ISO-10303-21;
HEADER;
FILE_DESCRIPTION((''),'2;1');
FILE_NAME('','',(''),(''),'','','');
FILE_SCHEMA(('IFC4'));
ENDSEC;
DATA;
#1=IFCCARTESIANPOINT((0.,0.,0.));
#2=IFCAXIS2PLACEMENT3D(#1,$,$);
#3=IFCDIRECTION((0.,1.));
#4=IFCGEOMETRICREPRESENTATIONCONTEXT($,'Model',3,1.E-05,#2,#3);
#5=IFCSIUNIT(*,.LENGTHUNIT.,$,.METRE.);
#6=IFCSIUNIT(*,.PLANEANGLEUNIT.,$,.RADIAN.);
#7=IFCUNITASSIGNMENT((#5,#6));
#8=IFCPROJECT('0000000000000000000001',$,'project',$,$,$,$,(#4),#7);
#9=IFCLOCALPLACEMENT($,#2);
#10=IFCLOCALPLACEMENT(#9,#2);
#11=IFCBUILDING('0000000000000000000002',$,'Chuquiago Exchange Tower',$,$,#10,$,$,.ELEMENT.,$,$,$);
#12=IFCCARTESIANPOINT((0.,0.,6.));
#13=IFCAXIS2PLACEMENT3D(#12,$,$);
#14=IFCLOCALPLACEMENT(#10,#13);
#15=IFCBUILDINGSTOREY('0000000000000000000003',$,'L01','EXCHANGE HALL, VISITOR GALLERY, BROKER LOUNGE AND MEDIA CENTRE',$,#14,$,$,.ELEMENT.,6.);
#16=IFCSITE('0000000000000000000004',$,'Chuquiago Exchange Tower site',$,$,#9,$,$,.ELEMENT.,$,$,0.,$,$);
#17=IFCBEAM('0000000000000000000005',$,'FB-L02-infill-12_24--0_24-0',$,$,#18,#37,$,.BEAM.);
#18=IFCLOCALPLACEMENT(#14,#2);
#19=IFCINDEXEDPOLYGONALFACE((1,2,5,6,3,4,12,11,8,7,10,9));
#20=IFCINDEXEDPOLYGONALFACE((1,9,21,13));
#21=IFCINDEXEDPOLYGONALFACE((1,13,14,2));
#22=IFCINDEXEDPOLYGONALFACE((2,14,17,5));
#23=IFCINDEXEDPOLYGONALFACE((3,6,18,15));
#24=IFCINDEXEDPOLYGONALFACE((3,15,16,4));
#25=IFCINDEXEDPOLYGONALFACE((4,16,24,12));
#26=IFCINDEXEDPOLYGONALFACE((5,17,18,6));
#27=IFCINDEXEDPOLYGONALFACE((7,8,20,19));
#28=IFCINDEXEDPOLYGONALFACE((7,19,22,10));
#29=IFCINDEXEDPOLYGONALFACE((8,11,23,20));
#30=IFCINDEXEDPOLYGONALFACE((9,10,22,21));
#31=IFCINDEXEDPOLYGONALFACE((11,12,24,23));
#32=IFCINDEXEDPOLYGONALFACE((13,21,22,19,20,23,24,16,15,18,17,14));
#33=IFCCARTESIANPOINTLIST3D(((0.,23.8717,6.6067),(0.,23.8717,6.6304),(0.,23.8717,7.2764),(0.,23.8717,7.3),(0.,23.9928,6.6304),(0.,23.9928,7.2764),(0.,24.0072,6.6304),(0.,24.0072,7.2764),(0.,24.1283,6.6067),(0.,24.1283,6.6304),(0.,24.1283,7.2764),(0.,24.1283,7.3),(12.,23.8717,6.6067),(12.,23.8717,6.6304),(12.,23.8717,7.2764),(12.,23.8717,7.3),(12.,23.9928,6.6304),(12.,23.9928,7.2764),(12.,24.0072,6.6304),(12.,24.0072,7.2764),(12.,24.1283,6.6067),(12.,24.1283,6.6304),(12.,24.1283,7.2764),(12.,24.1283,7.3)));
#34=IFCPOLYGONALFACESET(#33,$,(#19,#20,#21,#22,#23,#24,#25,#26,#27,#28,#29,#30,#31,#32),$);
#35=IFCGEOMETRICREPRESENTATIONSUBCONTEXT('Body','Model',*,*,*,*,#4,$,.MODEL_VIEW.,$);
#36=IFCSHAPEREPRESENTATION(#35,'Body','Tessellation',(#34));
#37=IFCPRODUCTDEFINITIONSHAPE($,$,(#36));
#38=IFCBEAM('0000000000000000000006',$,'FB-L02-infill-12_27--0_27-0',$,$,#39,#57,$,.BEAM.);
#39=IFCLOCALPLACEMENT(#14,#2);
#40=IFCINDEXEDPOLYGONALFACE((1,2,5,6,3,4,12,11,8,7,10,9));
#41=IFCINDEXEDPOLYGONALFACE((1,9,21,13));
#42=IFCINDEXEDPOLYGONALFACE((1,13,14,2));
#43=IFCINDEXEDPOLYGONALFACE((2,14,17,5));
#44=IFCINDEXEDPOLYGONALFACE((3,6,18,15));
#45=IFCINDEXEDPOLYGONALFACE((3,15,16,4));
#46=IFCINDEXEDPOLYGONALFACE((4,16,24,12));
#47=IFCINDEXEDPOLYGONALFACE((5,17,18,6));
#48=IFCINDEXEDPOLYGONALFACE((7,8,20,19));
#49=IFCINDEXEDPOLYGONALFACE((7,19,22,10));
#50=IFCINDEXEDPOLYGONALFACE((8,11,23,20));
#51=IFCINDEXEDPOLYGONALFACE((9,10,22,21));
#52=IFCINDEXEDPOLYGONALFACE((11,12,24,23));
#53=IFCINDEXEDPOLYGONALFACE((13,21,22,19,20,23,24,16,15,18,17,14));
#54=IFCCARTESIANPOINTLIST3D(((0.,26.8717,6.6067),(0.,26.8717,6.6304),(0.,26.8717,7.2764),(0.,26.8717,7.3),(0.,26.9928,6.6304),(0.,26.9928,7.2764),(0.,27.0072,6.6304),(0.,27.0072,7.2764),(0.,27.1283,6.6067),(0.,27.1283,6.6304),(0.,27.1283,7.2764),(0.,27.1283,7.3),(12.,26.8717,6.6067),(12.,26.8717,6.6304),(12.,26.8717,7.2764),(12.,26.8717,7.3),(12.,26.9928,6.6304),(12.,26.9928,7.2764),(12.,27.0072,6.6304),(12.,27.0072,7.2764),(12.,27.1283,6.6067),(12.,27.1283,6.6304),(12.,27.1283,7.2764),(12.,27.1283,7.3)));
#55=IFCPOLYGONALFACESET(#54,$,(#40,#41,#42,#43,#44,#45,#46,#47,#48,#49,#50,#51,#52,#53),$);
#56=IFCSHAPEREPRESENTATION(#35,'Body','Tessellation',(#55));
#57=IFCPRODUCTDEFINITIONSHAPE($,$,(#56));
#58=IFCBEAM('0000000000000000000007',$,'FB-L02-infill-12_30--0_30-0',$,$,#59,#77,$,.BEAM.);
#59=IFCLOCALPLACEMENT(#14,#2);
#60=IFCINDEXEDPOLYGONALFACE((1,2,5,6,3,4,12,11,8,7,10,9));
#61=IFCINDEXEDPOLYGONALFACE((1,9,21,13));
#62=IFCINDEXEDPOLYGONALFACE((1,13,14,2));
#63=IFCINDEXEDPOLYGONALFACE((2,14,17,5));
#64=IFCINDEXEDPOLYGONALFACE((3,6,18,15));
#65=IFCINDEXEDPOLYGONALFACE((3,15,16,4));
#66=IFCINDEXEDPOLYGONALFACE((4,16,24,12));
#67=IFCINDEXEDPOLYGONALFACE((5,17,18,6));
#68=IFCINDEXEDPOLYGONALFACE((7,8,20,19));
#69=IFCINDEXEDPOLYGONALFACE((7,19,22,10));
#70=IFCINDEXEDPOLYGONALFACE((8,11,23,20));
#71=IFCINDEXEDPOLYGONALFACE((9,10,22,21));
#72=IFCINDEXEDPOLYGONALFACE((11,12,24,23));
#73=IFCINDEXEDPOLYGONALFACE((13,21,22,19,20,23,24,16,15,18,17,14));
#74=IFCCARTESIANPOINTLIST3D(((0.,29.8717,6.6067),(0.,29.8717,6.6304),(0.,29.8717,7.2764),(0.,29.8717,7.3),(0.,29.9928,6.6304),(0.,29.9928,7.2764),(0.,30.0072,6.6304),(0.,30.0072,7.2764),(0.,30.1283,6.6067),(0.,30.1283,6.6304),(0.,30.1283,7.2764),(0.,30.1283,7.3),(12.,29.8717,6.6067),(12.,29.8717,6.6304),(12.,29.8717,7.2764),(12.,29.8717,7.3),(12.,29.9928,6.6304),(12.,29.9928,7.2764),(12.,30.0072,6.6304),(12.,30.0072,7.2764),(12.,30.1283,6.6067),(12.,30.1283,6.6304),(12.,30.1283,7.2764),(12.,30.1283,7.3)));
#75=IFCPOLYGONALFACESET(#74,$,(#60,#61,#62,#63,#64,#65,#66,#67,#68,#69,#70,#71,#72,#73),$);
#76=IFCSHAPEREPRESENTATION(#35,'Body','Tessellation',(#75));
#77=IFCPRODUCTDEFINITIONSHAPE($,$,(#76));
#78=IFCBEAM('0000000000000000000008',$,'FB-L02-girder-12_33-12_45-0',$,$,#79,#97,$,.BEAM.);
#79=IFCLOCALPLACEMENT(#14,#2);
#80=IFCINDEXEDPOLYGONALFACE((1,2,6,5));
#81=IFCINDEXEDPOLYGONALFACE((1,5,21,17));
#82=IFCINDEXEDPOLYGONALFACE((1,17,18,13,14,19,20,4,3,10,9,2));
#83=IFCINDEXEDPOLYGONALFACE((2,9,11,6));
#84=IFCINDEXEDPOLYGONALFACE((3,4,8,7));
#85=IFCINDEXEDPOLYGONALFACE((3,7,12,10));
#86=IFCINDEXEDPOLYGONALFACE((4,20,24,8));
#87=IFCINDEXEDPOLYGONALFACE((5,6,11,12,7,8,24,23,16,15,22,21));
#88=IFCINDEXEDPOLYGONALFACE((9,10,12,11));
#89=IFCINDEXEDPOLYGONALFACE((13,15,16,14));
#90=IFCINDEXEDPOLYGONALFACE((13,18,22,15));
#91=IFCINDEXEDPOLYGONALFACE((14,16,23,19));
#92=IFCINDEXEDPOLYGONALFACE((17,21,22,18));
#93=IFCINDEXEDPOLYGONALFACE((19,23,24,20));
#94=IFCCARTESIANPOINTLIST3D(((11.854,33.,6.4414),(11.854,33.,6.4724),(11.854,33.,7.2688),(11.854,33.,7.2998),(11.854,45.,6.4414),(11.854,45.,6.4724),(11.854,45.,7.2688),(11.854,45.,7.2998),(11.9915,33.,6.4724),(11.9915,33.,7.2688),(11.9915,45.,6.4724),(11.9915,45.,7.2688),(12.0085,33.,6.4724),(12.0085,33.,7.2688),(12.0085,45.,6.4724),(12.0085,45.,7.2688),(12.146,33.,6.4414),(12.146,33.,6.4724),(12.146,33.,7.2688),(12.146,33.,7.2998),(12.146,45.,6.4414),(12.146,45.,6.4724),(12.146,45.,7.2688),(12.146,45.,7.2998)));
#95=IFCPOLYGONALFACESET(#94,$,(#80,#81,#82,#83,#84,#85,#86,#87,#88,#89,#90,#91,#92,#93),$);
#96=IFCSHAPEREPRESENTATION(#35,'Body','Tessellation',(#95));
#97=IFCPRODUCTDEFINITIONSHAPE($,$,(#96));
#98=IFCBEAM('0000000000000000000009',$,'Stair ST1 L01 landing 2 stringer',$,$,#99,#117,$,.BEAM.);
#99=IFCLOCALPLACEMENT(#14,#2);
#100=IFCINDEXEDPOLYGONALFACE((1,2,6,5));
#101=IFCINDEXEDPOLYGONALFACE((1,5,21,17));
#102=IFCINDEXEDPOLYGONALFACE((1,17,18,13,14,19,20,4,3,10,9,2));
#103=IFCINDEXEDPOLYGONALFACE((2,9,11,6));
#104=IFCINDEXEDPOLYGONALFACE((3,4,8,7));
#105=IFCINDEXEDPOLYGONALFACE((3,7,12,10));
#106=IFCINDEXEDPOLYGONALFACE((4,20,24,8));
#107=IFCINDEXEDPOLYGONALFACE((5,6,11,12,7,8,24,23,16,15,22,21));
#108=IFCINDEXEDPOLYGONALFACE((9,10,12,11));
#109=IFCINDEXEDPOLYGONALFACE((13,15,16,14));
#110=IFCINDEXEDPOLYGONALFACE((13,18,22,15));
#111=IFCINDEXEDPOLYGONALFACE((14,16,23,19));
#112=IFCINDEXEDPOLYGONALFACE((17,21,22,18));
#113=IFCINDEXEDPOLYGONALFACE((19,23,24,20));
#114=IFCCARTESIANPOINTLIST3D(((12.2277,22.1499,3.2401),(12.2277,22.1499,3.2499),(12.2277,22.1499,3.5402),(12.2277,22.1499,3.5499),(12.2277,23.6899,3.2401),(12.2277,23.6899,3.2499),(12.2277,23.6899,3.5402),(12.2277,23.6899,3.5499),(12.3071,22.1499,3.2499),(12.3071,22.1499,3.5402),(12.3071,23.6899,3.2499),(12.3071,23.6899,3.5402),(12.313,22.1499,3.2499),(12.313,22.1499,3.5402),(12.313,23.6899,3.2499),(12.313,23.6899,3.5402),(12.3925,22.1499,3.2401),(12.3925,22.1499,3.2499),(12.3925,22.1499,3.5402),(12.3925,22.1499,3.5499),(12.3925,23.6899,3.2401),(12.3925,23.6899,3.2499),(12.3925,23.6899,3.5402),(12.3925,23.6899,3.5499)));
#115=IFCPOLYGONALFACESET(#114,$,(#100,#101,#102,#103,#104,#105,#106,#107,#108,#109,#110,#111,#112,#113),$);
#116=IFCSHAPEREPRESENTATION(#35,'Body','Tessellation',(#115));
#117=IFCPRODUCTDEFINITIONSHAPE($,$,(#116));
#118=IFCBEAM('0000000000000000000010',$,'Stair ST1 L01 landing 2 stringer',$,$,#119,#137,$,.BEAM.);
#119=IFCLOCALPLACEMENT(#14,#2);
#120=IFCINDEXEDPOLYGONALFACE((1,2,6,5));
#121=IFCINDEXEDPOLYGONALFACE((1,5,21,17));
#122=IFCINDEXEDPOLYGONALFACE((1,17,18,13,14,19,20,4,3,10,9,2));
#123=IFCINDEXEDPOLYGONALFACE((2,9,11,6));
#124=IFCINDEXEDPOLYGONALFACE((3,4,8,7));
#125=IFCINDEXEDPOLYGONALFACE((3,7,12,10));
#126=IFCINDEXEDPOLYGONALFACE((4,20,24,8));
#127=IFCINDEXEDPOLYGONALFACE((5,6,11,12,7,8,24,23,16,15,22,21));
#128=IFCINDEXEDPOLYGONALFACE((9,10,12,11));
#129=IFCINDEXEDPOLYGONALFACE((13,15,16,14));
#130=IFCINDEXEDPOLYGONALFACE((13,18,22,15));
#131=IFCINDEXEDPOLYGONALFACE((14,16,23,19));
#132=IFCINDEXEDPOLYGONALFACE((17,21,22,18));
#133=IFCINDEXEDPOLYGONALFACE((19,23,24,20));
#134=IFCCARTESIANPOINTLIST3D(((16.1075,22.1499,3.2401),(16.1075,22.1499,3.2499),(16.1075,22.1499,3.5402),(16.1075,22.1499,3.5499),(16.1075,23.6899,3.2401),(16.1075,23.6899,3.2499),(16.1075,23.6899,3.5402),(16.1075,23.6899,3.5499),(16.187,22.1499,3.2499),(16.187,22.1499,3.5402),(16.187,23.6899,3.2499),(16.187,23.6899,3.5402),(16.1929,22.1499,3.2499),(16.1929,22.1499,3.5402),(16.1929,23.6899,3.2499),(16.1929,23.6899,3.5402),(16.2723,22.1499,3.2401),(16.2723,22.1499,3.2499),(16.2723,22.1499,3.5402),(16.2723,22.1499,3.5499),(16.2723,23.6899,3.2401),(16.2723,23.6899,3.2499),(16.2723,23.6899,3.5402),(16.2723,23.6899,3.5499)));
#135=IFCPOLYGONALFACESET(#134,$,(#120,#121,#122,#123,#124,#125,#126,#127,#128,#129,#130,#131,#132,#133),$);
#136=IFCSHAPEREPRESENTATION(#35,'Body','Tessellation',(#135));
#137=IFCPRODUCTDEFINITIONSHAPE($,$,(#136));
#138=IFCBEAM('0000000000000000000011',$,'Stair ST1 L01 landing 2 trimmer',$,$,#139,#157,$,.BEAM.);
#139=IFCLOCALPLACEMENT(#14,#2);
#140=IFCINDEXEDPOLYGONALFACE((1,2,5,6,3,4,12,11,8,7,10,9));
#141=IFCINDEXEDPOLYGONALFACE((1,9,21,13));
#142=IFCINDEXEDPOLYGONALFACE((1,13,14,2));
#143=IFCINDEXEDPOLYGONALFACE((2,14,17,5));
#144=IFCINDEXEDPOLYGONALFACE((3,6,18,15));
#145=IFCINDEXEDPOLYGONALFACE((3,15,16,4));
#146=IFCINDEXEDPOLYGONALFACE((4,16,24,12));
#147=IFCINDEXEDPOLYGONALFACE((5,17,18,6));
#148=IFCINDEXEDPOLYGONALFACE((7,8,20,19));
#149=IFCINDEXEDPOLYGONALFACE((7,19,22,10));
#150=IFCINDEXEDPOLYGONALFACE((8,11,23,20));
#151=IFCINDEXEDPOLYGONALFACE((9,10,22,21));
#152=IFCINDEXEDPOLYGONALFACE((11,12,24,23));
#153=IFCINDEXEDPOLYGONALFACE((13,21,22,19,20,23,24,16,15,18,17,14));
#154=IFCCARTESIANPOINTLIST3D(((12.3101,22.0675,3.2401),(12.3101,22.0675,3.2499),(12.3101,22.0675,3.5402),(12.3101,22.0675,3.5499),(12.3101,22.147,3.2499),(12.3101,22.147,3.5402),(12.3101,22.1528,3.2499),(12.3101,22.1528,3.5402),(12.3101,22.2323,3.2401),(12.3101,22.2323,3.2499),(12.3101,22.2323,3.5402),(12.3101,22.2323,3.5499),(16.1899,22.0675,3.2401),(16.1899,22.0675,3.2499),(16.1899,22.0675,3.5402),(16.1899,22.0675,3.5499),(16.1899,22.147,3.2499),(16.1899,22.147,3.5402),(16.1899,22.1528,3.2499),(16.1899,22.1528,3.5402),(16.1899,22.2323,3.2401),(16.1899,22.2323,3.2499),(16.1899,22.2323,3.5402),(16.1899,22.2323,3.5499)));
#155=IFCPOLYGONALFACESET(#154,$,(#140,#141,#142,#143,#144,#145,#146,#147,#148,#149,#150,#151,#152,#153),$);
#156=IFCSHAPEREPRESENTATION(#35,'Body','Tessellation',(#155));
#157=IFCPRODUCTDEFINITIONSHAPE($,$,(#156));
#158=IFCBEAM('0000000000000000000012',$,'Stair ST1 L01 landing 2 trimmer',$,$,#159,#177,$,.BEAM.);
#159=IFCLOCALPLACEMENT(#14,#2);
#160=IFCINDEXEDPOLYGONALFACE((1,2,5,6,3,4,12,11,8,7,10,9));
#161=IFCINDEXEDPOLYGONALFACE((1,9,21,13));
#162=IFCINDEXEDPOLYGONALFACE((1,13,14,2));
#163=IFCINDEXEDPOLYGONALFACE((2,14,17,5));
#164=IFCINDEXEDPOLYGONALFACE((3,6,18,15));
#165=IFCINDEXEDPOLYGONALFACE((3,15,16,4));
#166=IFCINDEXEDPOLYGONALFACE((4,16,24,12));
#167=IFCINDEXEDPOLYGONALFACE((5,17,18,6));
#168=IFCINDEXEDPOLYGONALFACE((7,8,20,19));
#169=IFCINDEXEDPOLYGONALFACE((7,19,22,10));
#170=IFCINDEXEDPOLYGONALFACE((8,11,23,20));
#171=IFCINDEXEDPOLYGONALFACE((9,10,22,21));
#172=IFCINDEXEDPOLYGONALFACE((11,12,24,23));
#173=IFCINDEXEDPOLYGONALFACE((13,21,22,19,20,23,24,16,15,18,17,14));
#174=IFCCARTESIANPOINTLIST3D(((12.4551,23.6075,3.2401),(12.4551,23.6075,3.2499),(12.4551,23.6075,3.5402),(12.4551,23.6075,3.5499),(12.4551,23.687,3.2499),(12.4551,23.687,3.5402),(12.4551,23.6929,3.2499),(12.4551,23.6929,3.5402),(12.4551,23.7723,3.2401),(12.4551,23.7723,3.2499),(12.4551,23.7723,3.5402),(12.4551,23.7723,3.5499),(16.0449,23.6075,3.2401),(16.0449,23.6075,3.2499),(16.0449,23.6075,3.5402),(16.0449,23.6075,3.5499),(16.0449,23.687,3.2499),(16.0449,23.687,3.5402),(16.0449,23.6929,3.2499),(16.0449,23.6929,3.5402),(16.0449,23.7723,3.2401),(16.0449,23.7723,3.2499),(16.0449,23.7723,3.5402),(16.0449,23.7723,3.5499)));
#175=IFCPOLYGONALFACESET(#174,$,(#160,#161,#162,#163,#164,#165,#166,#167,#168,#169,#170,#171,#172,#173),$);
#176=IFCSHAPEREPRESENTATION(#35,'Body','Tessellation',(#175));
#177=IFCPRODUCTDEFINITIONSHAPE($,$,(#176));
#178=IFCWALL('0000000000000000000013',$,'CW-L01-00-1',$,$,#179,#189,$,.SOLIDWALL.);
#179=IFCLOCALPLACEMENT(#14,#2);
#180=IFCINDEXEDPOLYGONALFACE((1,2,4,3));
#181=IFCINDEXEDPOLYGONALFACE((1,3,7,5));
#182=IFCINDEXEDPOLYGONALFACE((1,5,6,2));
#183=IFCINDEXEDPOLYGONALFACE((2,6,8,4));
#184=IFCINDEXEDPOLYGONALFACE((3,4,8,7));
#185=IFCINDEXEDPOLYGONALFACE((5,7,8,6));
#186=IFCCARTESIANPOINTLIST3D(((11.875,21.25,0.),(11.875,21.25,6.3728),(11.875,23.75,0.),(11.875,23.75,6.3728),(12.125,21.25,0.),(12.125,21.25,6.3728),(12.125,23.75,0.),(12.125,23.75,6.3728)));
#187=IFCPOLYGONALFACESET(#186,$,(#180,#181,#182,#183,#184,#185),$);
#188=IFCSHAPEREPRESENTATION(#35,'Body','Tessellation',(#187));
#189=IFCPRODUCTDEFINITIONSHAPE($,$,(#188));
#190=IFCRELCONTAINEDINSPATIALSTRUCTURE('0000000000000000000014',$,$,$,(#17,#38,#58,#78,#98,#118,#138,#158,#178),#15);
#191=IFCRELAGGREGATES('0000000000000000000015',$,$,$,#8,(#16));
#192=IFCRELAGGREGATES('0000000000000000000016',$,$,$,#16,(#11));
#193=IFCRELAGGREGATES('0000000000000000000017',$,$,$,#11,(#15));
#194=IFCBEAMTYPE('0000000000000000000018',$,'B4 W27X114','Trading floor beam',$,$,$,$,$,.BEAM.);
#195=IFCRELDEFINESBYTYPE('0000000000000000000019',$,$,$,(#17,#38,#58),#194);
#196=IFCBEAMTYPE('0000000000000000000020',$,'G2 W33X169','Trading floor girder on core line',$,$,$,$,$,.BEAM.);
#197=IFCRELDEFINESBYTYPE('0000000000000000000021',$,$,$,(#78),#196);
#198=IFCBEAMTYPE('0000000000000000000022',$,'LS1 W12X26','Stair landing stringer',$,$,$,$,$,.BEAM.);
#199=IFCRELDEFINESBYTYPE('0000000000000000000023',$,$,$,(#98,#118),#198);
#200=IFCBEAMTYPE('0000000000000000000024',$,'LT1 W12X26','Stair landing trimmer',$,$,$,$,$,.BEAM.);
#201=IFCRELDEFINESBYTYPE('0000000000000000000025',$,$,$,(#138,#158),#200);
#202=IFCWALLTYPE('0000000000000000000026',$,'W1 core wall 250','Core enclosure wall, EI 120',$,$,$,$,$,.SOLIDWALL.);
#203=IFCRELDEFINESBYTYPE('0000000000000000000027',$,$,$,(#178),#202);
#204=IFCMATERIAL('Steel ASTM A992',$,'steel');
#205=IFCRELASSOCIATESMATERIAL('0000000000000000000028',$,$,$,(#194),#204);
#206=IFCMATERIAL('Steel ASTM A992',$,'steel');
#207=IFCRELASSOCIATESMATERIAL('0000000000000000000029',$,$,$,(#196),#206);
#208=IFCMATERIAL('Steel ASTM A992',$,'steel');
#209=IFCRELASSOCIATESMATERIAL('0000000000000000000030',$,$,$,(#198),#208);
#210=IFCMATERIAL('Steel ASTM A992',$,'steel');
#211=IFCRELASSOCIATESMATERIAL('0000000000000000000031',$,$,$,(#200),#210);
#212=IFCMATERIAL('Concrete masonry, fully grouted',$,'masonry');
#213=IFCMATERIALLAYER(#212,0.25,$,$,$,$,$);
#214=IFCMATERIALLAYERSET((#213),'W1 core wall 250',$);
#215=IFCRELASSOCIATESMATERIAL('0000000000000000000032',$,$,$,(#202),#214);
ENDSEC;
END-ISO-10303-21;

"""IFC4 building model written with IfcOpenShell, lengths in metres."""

from ifc_helpers import new_model, si_unit, direction, frame, frame_2d, origin, origin_2d, place, context, subcontext, project, spatial, rectangle, i_section, extrude, material, layer, layer_set, material_profile, profile_set, type_object, element, save


model = new_model("IFC4")

# Units and contexts
model_context = context("Model", 3, precision=1e-05, world=origin(), true_north=direction((0.0, 1.0)))
body_context = subcontext(model_context, "Body", "Model", "MODEL_VIEW")
ifc_project = project(units=[si_unit("LENGTHUNIT", "METRE"), si_unit("PLANEANGLEUNIT", "RADIAN")], contexts=[model_context])

# Site, building, storey
site_placement = place(None, origin())
site = spatial("IfcSite", under=ifc_project, at=site_placement, Name="Chuquiago Exchange Tower site", CompositionType="ELEMENT", RefElevation=0.0)
building_placement = place(site_placement, origin())
building = spatial("IfcBuilding", under=site, at=building_placement, Name="Chuquiago Exchange Tower", CompositionType="ELEMENT")
storey_placement = place(building_placement, frame((0.0, 0.0, 6.0)))
storey = spatial("IfcBuildingStorey", under=building, at=storey_placement, Name="L01", Description="EXCHANGE HALL, VISITOR GALLERY, BROKER LOUNGE AND MEDIA CENTRE", CompositionType="ELEMENT", Elevation=6.0)

# Beams
ifc_material_1 = material(Name="Steel ASTM A992", Category="steel")
ifc_material_profile_1 = material_profile(ifc_material_1, i_section(OverallWidth=0.2566, OverallDepth=0.6934, WebThickness=0.0144, FlangeThickness=0.0237, at=origin_2d()), Name="W27X114")
ifc_profile_set_1 = profile_set([ifc_material_profile_1], Name="Steel ASTM A992")
beam_type_1 = type_object("IfcBeamType", Name="B4 W27X114", Description="Trading floor beam", PredefinedType="BEAM", material=ifc_profile_set_1)
for number, where, z_axis, x_axis, name in (
    (1, (12.0, 24.0, 6.9534), (-1.0, 0.0, 0.0), (0.0, -1.0, 0.0), "FB-L02-infill-12_24--0_24-0"),
    (2, (12.0, 27.0, 6.9534), (-1.0, 0.0, 0.0), (0.0, -1.0, 0.0), "FB-L02-infill-12_27--0_27-0"),
    (3, (12.0, 30.0, 6.9534), (-1.0, 0.0, 0.0), (0.0, -1.0, 0.0), "FB-L02-infill-12_30--0_30-0"),
):
    element("IfcBeam", number, at=place(storey_placement, frame(where, z_axis=z_axis, x_axis=x_axis)), inside=storey, type_object=beam_type_1, Name=name, PredefinedType="BEAM", context=body_context, shape_type="SweptSolid", body=[
        extrude(i_section(OverallWidth=0.2566, OverallDepth=0.6934, WebThickness=0.0144, FlangeThickness=0.0237, at=origin_2d()), origin(), (0.0, 0.0, 1.0), 12.0),
    ])
ifc_material_2 = material(Name="Steel ASTM A992", Category="steel")
ifc_material_profile_2 = material_profile(ifc_material_2, i_section(OverallWidth=0.292, OverallDepth=0.8584, WebThickness=0.0171, FlangeThickness=0.031, at=origin_2d()), Name="W33X169")
ifc_profile_set_2 = profile_set([ifc_material_profile_2], Name="Steel ASTM A992")
beam_type_2 = type_object("IfcBeamType", Name="G2 W33X169", Description="Trading floor girder on core line", PredefinedType="BEAM", material=ifc_profile_set_2)
beam_1_placement = place(storey_placement, frame((12.0, 33.0, 6.8706), z_axis=(0.0, 1.0, 0.0), x_axis=(-1.0, 0.0, 0.0)))
element("IfcBeam", 4, at=beam_1_placement, inside=storey, type_object=beam_type_2, Name="FB-L02-girder-12_33-12_45-0", PredefinedType="BEAM", context=body_context, shape_type="SweptSolid", body=[
    extrude(i_section(OverallWidth=0.292, OverallDepth=0.8584, WebThickness=0.0171, FlangeThickness=0.031, at=origin_2d()), origin(), (0.0, 0.0, 1.0), 12.0),
])
ifc_material_3 = material(Name="Steel ASTM A992", Category="steel")
ifc_material_profile_3 = material_profile(ifc_material_3, i_section(OverallWidth=0.1648, OverallDepth=0.3098, WebThickness=0.0059, FlangeThickness=0.0098, at=origin_2d()), Name="W12X26")
ifc_profile_set_3 = profile_set([ifc_material_profile_3], Name="Steel ASTM A992")
beam_type_3 = type_object("IfcBeamType", Name="LS1 W12X26", Description="Stair landing stringer", PredefinedType="BEAM", material=ifc_profile_set_3)
for number, where, z_axis, x_axis, name in (
    (5, (12.3101, 22.1499, 3.395), (0.0, 1.0, 0.0), (-1.0, 0.0, 0.0), "Stair ST1 L01 landing 2 stringer"),
    (6, (16.1899, 22.1499, 3.395), (0.0, 1.0, 0.0), (-1.0, 0.0, 0.0), "Stair ST1 L01 landing 2 stringer"),
):
    element("IfcBeam", number, at=place(storey_placement, frame(where, z_axis=z_axis, x_axis=x_axis)), inside=storey, type_object=beam_type_3, Name=name, PredefinedType="BEAM", context=body_context, shape_type="SweptSolid", body=[
        extrude(i_section(OverallWidth=0.1648, OverallDepth=0.3098, WebThickness=0.0059, FlangeThickness=0.0098, at=origin_2d()), origin(), (0.0, 0.0, 1.0), 1.54),
    ])
ifc_material_4 = material(Name="Steel ASTM A992", Category="steel")
ifc_material_profile_4 = material_profile(ifc_material_4, i_section(OverallWidth=0.1648, OverallDepth=0.3098, WebThickness=0.0059, FlangeThickness=0.0098, at=origin_2d()), Name="W12X26")
ifc_profile_set_4 = profile_set([ifc_material_profile_4], Name="Steel ASTM A992")
beam_type_4 = type_object("IfcBeamType", Name="LT1 W12X26", Description="Stair landing trimmer", PredefinedType="BEAM", material=ifc_profile_set_4)
beam_2_placement = place(storey_placement, frame((12.3101, 22.1499, 3.395), z_axis=(1.0, 0.0, 0.0), x_axis=(0.0, 1.0, 0.0)))
element("IfcBeam", 7, at=beam_2_placement, inside=storey, type_object=beam_type_4, Name="Stair ST1 L01 landing 2 trimmer", PredefinedType="BEAM", context=body_context, shape_type="SweptSolid", body=[
    extrude(i_section(OverallWidth=0.1648, OverallDepth=0.3098, WebThickness=0.0059, FlangeThickness=0.0098, at=origin_2d()), origin(), (0.0, 0.0, 1.0), 3.8799),
])
beam_3_placement = place(storey_placement, frame((12.4551, 23.6899, 3.395), z_axis=(1.0, 0.0, 0.0), x_axis=(0.0, 1.0, 0.0)))
element("IfcBeam", 8, at=beam_3_placement, inside=storey, type_object=beam_type_4, Name="Stair ST1 L01 landing 2 trimmer", PredefinedType="BEAM", context=body_context, shape_type="SweptSolid", body=[
    extrude(i_section(OverallWidth=0.1648, OverallDepth=0.3098, WebThickness=0.0059, FlangeThickness=0.0098, at=origin_2d()), origin(), (0.0, 0.0, 1.0), 3.5898),
])

# Wall
ifc_material_5 = material(Name="Concrete masonry, fully grouted", Category="masonry")
ifc_layer_1 = layer(ifc_material_5, 0.25)
ifc_layer_set_1 = layer_set([ifc_layer_1], Name="W1 core wall 250")
wall_type_1 = type_object("IfcWallType", Name="W1 core wall 250", Description="Core enclosure wall, EI 120", PredefinedType="SOLIDWALL", material=ifc_layer_set_1)
wall_1_placement = place(storey_placement, frame((12.0, 21.25, 0.0), z_axis=(0.0, 0.0, 1.0), x_axis=(0.0, 1.0, 0.0)))
element("IfcWall", 9, at=wall_1_placement, inside=storey, type_object=wall_type_1, Name="CW-L01-00-1", PredefinedType="SOLIDWALL", context=body_context, shape_type="SweptSolid", body=[
    extrude(rectangle(XDim=2.5, YDim=0.25, at=frame_2d((1.25, 0.0))), origin(), (0.0, 0.0, 1.0), 6.3728),
])

save(model, "model.ifc")
